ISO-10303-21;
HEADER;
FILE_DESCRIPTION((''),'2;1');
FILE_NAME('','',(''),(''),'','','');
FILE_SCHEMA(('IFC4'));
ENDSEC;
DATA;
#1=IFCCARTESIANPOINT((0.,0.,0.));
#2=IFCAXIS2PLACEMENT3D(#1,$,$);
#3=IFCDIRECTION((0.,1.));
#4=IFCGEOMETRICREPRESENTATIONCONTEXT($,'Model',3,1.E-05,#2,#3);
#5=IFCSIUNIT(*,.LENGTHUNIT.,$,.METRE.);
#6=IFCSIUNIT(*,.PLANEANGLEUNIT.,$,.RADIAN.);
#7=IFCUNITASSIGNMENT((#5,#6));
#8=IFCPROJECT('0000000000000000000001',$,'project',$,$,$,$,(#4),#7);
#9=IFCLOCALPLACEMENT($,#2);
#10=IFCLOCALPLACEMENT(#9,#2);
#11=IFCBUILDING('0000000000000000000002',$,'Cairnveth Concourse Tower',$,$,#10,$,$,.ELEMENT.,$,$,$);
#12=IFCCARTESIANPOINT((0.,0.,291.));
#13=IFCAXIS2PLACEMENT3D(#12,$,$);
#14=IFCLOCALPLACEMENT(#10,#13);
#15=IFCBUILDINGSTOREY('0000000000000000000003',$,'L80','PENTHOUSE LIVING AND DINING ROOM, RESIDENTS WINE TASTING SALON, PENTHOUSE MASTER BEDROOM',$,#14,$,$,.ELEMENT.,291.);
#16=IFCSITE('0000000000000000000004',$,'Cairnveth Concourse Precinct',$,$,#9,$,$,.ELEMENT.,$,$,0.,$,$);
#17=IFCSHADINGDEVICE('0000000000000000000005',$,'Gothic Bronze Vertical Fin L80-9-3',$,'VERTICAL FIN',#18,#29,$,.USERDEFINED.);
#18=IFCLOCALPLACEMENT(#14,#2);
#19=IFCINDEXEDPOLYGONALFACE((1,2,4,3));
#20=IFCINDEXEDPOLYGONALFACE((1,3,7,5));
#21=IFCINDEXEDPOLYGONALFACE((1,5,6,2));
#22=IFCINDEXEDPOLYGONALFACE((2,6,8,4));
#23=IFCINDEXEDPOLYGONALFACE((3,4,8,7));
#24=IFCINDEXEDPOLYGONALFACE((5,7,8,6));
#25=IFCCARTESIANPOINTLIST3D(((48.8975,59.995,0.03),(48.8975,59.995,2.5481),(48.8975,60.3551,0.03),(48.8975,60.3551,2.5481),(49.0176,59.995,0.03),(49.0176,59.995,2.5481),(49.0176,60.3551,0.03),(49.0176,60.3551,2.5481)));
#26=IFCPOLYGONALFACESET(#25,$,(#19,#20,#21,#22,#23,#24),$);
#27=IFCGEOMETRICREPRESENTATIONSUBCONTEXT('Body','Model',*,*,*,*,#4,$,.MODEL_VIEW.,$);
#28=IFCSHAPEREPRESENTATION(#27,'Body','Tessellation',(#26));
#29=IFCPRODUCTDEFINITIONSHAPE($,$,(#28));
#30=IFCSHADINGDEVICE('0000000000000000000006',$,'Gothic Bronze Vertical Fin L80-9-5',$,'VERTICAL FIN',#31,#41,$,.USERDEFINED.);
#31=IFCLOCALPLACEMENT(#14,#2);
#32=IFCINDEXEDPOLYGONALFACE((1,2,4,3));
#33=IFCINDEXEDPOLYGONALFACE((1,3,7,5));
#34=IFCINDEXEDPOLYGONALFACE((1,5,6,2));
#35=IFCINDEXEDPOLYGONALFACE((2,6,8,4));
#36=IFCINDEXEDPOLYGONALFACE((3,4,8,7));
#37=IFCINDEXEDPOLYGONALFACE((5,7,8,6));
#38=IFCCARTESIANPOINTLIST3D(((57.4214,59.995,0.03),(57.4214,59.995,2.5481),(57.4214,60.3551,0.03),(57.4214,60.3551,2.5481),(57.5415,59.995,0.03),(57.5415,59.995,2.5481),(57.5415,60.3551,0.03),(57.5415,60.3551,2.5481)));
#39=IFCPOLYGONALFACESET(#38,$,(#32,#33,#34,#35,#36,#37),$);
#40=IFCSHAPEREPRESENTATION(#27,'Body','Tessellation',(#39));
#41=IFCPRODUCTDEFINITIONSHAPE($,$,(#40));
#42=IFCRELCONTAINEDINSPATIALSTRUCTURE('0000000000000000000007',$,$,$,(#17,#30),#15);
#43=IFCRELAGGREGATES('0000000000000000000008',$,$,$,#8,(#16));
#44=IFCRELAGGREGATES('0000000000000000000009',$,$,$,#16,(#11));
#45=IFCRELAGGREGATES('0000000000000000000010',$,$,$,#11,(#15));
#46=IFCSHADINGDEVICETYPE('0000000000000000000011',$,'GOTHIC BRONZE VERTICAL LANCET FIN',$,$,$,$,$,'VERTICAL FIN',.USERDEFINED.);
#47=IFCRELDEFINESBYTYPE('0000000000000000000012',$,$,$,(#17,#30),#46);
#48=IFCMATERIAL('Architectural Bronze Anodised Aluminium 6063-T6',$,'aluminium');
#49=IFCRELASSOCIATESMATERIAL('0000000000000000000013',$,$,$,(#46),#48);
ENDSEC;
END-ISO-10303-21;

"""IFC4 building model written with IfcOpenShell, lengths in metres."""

from ifc_helpers import new_model, si_unit, direction, frame, origin, origin_2d, place, context, subcontext, project, spatial, rectangle, extrude, material, type_object, element, save


model = new_model("IFC4")

# Units and contexts
model_context = context("Model", 3, precision=1e-05, world=origin(), true_north=direction((0.0, 1.0)))
body_context = subcontext(model_context, "Body", "Model", "MODEL_VIEW")
ifc_project = project(units=[si_unit("LENGTHUNIT", "METRE"), si_unit("PLANEANGLEUNIT", "RADIAN")], contexts=[model_context])

# Site, building, storey
site_placement = place(None, origin())
site = spatial("IfcSite", under=ifc_project, at=site_placement, Name="Cairnveth Concourse Precinct", CompositionType="ELEMENT", RefElevation=0.0)
building_placement = place(site_placement, origin())
building = spatial("IfcBuilding", under=site, at=building_placement, Name="Cairnveth Concourse Tower", CompositionType="ELEMENT")
storey_placement = place(building_placement, frame((0.0, 0.0, 291.0)))
storey = spatial("IfcBuildingStorey", under=building, at=storey_placement, Name="L80", Description="PENTHOUSE LIVING AND DINING ROOM, RESIDENTS WINE TASTING SALON, PENTHOUSE MASTER BEDROOM", CompositionType="ELEMENT", Elevation=291.0)

# Shading devices
ifc_material_1 = material(Name="Architectural Bronze Anodised Aluminium 6063-T6", Category="aluminium")
shading_device_type = type_object("IfcShadingDeviceType", Name="GOTHIC BRONZE VERTICAL LANCET FIN", ElementType="VERTICAL FIN", PredefinedType="USERDEFINED", material=ifc_material_1)
for number, where, z_axis, x_axis, name in (
    (1, (48.9575, 60.175, 0.03), (0.0, 0.0, 1.0), (1.0, 0.0, 0.0), "Gothic Bronze Vertical Fin L80-9-3"),
    (2, (57.4814, 60.175, 0.03), (0.0, 0.0, 1.0), (1.0, 0.0, 0.0), "Gothic Bronze Vertical Fin L80-9-5"),
):
    element("IfcShadingDevice", number, at=place(storey_placement, frame(where, z_axis=z_axis, x_axis=x_axis)), inside=storey, type_object=shading_device_type, Name=name, ObjectType="VERTICAL FIN", PredefinedType="USERDEFINED", context=body_context, shape_type="SweptSolid", body=[
        extrude(rectangle(XDim=0.1201, YDim=0.3601, at=origin_2d()), origin(), (0.0, 0.0, 1.0), 2.5181),
    ])

save(model, "model.ifc")
